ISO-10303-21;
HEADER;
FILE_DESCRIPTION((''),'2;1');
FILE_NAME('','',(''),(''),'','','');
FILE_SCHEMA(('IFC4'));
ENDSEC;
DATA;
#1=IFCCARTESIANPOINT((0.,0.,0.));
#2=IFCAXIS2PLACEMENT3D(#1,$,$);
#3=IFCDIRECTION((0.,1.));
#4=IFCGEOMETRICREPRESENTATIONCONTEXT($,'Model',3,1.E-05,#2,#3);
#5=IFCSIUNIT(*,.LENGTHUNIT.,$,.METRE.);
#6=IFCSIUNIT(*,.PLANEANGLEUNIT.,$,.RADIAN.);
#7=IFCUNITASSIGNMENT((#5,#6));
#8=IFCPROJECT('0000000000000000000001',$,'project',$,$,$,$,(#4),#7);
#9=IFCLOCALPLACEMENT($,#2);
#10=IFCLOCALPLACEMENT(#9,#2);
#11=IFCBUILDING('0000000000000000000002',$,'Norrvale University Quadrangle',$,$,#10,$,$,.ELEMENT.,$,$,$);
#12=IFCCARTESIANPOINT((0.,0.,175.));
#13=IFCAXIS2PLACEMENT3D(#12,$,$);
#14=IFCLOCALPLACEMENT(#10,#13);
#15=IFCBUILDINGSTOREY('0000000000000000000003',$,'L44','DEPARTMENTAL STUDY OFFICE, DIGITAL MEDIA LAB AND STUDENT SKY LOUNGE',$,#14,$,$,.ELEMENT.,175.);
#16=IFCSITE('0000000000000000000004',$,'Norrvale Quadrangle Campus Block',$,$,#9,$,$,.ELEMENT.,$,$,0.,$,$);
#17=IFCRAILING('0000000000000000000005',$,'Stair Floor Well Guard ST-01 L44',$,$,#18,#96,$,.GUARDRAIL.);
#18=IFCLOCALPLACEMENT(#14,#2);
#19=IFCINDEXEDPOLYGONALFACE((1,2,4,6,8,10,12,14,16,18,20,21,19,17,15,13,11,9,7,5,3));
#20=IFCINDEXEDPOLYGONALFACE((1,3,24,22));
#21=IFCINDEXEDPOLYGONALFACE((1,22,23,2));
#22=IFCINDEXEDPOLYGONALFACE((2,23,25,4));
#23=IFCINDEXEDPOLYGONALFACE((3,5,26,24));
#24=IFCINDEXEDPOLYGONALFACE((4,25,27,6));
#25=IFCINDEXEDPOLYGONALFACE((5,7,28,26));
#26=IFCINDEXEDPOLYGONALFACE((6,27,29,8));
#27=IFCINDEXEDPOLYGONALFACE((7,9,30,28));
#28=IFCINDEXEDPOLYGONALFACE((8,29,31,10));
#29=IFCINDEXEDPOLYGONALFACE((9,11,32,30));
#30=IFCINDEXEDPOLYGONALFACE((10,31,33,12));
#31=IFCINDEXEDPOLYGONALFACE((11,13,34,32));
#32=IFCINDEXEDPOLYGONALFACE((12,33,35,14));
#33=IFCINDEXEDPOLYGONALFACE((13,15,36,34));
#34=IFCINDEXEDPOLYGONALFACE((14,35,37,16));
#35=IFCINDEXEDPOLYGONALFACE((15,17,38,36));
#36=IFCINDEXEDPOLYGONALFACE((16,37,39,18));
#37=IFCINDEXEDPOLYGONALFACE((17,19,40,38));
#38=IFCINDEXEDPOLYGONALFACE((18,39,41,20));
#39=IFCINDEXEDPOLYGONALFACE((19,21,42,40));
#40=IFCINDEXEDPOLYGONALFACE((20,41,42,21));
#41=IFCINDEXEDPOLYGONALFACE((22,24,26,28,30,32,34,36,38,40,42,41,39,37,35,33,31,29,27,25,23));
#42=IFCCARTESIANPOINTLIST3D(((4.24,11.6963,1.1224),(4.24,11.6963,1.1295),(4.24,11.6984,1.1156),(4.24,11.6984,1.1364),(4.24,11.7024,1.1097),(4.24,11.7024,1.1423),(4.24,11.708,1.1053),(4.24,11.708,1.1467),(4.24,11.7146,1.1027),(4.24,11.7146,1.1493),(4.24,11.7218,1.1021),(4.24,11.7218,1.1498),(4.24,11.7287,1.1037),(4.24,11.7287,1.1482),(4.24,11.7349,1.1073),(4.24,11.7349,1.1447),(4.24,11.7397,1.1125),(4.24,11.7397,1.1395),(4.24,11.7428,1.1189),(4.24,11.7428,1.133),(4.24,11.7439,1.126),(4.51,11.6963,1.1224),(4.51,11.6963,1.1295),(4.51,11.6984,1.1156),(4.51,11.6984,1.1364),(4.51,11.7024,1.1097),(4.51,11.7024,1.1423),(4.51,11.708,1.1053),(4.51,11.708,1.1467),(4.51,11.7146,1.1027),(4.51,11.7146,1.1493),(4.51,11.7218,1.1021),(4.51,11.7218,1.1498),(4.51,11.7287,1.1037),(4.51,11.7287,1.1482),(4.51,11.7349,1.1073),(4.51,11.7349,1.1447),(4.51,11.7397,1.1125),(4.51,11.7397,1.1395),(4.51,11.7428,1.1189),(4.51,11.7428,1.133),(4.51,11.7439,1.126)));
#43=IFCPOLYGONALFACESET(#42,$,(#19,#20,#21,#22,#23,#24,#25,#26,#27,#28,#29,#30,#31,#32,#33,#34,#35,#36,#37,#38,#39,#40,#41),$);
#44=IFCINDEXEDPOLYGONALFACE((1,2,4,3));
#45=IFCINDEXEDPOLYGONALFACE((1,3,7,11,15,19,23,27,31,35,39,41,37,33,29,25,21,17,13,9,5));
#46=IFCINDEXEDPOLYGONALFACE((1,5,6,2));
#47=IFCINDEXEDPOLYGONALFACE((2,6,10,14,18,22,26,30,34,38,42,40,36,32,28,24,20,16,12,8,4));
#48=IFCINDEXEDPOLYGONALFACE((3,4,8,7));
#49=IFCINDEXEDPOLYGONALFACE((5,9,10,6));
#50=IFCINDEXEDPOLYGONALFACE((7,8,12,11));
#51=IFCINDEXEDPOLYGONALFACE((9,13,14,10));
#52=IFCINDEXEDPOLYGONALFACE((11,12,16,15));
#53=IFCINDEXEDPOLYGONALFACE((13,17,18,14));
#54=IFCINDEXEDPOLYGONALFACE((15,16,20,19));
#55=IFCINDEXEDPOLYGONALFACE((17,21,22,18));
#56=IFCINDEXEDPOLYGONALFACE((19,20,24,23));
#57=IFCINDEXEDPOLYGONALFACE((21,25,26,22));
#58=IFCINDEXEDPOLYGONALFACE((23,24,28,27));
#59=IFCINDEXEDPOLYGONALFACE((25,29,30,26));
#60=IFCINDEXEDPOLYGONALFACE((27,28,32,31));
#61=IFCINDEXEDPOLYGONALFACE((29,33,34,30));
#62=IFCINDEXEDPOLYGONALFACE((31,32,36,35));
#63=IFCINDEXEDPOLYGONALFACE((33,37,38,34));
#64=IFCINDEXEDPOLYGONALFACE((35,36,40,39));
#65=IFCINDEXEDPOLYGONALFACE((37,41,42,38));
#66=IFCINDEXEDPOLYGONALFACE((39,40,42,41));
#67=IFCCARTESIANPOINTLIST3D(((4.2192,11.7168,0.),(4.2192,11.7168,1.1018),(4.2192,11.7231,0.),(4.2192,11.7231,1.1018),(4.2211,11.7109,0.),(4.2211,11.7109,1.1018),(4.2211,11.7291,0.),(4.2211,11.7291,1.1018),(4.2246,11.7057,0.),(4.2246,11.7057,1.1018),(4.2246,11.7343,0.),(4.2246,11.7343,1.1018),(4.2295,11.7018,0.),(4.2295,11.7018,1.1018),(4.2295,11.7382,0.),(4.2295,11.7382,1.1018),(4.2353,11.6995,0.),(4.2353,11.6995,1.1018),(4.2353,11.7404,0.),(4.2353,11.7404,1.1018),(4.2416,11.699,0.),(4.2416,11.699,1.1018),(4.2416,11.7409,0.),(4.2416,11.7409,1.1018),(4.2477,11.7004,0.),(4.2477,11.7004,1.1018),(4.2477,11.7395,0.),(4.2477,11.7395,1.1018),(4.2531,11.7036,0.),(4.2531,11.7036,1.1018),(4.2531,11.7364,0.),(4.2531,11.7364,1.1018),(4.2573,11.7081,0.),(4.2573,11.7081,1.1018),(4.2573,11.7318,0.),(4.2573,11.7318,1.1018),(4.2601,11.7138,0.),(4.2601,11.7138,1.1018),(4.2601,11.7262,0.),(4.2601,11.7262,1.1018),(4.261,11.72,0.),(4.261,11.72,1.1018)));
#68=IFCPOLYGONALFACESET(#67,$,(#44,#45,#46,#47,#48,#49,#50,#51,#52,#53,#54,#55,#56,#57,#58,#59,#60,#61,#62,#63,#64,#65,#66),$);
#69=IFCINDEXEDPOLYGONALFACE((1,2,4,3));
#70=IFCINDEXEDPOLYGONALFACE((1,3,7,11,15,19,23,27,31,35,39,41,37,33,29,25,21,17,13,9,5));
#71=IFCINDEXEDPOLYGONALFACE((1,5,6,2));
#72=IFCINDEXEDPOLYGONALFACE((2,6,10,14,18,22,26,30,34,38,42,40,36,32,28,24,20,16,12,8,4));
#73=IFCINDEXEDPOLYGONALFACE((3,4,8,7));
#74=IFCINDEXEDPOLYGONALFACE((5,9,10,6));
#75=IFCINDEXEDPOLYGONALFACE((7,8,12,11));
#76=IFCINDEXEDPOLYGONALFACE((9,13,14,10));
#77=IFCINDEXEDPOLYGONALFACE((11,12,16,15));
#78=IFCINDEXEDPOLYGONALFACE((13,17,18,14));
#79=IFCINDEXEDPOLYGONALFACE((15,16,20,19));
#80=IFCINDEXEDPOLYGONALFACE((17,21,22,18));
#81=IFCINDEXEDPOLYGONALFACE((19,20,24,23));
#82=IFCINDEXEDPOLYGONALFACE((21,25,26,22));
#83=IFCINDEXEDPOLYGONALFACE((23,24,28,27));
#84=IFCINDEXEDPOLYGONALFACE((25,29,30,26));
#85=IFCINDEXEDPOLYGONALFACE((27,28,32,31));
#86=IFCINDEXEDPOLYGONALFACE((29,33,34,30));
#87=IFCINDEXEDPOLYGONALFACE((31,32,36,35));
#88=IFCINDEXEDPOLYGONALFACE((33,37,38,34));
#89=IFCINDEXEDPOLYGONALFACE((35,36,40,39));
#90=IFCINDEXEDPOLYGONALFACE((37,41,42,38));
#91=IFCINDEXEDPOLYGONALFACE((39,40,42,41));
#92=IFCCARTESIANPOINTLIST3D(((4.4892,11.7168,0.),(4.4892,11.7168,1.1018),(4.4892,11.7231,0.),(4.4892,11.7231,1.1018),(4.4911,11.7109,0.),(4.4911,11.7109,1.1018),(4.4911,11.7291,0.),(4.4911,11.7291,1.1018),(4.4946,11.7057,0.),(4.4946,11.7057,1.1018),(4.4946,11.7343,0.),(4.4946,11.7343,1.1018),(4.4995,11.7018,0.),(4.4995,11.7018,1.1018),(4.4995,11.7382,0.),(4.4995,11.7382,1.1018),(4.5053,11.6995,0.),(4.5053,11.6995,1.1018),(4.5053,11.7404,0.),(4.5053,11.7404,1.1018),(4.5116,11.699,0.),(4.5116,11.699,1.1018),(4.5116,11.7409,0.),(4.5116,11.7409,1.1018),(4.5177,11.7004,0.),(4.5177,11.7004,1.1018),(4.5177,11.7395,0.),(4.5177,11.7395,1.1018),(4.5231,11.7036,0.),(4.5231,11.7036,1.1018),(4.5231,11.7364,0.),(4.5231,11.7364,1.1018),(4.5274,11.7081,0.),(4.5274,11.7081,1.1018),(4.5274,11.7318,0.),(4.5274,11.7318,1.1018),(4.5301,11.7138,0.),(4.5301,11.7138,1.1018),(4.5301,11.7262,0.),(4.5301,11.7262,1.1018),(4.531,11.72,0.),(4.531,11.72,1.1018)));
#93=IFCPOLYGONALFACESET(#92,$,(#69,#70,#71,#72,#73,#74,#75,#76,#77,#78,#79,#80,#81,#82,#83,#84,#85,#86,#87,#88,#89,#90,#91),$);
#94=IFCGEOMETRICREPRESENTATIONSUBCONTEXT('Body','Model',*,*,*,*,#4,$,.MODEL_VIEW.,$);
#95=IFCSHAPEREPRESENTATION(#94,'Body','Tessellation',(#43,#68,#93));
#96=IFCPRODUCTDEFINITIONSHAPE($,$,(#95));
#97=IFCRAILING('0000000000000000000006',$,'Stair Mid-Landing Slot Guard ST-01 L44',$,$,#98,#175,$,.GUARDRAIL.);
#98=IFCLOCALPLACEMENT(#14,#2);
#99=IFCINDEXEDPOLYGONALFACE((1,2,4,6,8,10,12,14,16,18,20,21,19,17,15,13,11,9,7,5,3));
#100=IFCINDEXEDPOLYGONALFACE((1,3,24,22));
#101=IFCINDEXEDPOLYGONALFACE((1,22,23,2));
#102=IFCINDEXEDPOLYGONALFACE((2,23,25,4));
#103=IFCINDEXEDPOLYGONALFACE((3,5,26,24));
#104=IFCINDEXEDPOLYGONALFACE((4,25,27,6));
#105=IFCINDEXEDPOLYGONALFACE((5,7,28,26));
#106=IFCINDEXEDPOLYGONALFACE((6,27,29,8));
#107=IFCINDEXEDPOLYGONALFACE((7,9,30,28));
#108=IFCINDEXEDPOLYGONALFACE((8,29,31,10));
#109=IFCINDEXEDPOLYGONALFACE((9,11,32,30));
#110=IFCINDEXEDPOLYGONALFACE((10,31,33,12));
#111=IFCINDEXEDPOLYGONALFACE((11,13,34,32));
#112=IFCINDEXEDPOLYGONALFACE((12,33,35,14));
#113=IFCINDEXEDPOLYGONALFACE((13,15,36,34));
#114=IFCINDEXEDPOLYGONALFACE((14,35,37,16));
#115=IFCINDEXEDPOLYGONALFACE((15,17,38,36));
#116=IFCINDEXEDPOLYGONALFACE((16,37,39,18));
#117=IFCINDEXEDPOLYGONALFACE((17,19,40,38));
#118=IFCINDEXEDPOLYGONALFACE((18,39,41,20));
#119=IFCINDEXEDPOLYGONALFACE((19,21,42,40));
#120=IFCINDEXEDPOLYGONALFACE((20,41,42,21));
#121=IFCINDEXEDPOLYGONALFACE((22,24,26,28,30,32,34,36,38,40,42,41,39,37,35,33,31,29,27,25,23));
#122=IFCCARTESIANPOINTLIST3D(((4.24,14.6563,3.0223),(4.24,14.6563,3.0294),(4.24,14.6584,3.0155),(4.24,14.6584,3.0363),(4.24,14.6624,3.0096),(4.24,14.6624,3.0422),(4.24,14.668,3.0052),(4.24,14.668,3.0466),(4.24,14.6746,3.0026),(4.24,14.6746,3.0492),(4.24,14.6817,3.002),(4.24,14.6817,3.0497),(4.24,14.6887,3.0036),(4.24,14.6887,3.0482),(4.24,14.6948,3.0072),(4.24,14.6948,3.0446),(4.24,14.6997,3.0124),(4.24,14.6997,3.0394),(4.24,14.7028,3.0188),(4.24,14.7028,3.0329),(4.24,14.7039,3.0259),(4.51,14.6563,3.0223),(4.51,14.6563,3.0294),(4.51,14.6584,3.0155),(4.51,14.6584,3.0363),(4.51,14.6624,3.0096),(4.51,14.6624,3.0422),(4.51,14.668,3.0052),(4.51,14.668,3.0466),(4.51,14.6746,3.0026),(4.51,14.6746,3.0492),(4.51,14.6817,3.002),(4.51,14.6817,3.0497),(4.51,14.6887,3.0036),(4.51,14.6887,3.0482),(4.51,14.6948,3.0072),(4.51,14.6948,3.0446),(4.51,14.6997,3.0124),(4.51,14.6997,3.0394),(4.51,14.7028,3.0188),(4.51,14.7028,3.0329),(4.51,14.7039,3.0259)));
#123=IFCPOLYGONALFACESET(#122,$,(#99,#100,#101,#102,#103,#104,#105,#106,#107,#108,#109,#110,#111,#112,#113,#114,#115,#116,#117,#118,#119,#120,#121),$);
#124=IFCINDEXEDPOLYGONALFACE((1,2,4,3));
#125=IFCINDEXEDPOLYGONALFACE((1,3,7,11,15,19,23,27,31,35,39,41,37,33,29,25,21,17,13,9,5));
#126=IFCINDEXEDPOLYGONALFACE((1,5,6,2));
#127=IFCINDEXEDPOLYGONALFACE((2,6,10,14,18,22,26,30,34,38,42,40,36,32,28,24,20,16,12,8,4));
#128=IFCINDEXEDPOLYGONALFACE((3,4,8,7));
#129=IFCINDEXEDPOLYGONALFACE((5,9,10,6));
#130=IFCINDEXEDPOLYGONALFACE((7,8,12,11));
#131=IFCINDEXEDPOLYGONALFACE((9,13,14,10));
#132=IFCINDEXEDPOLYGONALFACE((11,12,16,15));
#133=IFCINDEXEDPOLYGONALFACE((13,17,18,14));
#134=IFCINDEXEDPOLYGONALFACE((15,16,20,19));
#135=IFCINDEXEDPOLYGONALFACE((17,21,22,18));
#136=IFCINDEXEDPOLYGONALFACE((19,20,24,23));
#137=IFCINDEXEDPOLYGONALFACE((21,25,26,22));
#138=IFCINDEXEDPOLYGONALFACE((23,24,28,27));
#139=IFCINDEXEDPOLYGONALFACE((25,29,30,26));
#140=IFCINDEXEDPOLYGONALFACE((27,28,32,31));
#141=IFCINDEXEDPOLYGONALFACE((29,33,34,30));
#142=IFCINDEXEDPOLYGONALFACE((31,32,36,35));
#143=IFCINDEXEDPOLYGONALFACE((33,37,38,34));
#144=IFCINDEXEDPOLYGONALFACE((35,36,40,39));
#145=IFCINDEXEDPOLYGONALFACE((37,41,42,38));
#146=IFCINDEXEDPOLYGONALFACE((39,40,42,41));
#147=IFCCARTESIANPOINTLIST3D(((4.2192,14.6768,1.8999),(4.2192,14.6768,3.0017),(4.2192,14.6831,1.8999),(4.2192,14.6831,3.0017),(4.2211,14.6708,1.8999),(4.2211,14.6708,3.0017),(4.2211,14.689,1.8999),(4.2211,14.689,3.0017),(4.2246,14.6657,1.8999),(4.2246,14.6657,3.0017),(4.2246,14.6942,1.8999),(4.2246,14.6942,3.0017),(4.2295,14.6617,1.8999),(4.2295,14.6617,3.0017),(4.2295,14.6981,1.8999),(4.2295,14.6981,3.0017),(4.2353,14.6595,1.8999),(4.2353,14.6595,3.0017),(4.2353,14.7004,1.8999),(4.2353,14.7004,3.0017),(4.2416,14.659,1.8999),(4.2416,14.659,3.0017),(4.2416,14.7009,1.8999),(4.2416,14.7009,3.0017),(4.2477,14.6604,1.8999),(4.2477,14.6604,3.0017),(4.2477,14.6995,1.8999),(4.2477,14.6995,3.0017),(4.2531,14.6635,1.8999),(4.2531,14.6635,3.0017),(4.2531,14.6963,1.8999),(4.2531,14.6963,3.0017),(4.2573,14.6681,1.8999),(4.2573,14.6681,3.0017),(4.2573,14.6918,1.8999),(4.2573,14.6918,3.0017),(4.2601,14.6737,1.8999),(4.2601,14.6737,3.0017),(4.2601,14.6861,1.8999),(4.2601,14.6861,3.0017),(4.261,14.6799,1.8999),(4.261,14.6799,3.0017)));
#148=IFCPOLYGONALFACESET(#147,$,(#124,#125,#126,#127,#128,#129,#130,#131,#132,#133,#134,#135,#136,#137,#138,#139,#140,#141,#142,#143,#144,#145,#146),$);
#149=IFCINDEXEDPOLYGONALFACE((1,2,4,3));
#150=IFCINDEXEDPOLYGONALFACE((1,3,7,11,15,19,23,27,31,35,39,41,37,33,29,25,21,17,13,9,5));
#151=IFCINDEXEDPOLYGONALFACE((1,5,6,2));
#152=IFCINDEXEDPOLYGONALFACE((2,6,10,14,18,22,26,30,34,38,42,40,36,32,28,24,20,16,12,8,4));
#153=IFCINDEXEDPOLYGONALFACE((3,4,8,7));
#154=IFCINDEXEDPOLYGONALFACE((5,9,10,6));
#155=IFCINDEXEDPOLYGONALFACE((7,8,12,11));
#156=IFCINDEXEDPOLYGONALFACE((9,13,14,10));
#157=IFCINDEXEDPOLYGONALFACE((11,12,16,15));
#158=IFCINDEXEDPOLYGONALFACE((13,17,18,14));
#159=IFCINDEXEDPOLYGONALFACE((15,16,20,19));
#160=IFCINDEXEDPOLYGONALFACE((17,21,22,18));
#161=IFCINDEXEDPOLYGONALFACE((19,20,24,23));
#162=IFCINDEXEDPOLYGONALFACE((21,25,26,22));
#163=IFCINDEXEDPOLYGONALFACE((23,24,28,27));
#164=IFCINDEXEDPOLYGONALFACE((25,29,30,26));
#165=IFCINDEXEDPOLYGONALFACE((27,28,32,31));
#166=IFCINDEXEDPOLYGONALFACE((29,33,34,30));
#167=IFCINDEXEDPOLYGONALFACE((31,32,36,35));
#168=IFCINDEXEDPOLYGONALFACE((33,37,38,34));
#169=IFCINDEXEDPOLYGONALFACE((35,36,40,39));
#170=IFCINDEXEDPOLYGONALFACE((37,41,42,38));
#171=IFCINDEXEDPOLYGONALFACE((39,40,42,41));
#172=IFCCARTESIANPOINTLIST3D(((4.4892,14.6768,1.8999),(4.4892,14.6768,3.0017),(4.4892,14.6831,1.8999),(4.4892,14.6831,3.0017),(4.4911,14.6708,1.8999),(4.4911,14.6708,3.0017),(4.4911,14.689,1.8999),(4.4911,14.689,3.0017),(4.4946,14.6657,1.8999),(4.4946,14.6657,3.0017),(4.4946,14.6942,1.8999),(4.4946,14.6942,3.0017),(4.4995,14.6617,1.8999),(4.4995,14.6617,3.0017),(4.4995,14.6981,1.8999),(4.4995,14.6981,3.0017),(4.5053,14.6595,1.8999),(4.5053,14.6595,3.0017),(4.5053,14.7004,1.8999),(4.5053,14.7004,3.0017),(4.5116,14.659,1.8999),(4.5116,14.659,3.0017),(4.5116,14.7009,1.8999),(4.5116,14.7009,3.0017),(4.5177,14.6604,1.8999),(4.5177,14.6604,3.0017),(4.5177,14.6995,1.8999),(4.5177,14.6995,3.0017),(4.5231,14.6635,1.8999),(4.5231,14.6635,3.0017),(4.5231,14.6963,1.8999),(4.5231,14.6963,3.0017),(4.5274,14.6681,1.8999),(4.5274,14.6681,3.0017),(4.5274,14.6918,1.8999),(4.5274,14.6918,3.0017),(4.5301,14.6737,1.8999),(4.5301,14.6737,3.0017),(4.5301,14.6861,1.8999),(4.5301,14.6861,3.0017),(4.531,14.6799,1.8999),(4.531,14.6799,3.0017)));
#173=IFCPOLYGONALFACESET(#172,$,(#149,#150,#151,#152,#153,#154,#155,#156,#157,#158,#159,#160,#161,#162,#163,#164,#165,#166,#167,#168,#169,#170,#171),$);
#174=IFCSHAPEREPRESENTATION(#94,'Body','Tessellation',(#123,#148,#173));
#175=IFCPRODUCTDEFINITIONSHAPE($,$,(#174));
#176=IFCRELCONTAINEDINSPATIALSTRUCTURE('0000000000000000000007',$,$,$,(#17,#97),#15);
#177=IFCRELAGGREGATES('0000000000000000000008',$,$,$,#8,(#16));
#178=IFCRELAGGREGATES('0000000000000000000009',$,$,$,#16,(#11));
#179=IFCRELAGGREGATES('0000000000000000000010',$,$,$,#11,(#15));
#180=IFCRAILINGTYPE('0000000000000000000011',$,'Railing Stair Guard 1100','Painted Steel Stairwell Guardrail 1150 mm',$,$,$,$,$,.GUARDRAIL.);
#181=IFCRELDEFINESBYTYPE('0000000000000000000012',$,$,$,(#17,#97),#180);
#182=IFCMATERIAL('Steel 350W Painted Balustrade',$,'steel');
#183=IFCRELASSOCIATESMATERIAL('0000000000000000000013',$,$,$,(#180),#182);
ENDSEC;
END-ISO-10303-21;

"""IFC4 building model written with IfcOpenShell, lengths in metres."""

from ifc_helpers import new_model, si_unit, direction, frame, origin, origin_2d, place, context, subcontext, project, spatial, circle, extrude, material, type_object, element, save


model = new_model("IFC4")

# Units and contexts
model_context = context("Model", 3, precision=1e-05, world=origin(), true_north=direction((0.0, 1.0)))
body_context = subcontext(model_context, "Body", "Model", "MODEL_VIEW")
ifc_project = project(units=[si_unit("LENGTHUNIT", "METRE"), si_unit("PLANEANGLEUNIT", "RADIAN")], contexts=[model_context])

# Site, building, storey
site_placement = place(None, origin())
site = spatial("IfcSite", under=ifc_project, at=site_placement, Name="Norrvale Quadrangle Campus Block", CompositionType="ELEMENT", RefElevation=0.0)
building_placement = place(site_placement, origin())
building = spatial("IfcBuilding", under=site, at=building_placement, Name="Norrvale University Quadrangle", CompositionType="ELEMENT")
storey_placement = place(building_placement, frame((0.0, 0.0, 175.0)))
storey = spatial("IfcBuildingStorey", under=building, at=storey_placement, Name="L44", Description="DEPARTMENTAL STUDY OFFICE, DIGITAL MEDIA LAB AND STUDENT SKY LOUNGE", CompositionType="ELEMENT", Elevation=175.0)

# Railings
ifc_material_1 = material(Name="Steel 350W Painted Balustrade", Category="steel")
railing_type_1 = type_object("IfcRailingType", Name="Railing Stair Guard 1100", Description="Painted Steel Stairwell Guardrail 1150 mm", PredefinedType="GUARDRAIL", material=ifc_material_1)
for number, where, name in (
    (1, (4.24, 11.72, 0.0), "Stair Floor Well Guard ST-01 L44"),
    (2, (4.24, 14.6799, 1.8999), "Stair Mid-Landing Slot Guard ST-01 L44"),
):
    element("IfcRailing", number, at=place(storey_placement, frame(where)), inside=storey, type_object=railing_type_1, Name=name, PredefinedType="GUARDRAIL", context=body_context, shape_type="SweptSolid", body=[
        extrude(circle(Radius=0.0239, at=origin_2d()), frame((0.0, 0.0, 1.126), z_axis=(1.0, 0.0, 0.0), x_axis=(0.0, 1.0, 0.0)), (0.0, 0.0, 1.0), 0.27),
        extrude(circle(Radius=0.021, at=origin_2d()), origin(), (0.0, 0.0, 1.0), 1.1018),
        extrude(circle(Radius=0.021, at=origin_2d()), frame((0.27, 0.0, 0.0)), (0.0, 0.0, 1.0), 1.1018),
    ])

save(model, "model.ifc")
